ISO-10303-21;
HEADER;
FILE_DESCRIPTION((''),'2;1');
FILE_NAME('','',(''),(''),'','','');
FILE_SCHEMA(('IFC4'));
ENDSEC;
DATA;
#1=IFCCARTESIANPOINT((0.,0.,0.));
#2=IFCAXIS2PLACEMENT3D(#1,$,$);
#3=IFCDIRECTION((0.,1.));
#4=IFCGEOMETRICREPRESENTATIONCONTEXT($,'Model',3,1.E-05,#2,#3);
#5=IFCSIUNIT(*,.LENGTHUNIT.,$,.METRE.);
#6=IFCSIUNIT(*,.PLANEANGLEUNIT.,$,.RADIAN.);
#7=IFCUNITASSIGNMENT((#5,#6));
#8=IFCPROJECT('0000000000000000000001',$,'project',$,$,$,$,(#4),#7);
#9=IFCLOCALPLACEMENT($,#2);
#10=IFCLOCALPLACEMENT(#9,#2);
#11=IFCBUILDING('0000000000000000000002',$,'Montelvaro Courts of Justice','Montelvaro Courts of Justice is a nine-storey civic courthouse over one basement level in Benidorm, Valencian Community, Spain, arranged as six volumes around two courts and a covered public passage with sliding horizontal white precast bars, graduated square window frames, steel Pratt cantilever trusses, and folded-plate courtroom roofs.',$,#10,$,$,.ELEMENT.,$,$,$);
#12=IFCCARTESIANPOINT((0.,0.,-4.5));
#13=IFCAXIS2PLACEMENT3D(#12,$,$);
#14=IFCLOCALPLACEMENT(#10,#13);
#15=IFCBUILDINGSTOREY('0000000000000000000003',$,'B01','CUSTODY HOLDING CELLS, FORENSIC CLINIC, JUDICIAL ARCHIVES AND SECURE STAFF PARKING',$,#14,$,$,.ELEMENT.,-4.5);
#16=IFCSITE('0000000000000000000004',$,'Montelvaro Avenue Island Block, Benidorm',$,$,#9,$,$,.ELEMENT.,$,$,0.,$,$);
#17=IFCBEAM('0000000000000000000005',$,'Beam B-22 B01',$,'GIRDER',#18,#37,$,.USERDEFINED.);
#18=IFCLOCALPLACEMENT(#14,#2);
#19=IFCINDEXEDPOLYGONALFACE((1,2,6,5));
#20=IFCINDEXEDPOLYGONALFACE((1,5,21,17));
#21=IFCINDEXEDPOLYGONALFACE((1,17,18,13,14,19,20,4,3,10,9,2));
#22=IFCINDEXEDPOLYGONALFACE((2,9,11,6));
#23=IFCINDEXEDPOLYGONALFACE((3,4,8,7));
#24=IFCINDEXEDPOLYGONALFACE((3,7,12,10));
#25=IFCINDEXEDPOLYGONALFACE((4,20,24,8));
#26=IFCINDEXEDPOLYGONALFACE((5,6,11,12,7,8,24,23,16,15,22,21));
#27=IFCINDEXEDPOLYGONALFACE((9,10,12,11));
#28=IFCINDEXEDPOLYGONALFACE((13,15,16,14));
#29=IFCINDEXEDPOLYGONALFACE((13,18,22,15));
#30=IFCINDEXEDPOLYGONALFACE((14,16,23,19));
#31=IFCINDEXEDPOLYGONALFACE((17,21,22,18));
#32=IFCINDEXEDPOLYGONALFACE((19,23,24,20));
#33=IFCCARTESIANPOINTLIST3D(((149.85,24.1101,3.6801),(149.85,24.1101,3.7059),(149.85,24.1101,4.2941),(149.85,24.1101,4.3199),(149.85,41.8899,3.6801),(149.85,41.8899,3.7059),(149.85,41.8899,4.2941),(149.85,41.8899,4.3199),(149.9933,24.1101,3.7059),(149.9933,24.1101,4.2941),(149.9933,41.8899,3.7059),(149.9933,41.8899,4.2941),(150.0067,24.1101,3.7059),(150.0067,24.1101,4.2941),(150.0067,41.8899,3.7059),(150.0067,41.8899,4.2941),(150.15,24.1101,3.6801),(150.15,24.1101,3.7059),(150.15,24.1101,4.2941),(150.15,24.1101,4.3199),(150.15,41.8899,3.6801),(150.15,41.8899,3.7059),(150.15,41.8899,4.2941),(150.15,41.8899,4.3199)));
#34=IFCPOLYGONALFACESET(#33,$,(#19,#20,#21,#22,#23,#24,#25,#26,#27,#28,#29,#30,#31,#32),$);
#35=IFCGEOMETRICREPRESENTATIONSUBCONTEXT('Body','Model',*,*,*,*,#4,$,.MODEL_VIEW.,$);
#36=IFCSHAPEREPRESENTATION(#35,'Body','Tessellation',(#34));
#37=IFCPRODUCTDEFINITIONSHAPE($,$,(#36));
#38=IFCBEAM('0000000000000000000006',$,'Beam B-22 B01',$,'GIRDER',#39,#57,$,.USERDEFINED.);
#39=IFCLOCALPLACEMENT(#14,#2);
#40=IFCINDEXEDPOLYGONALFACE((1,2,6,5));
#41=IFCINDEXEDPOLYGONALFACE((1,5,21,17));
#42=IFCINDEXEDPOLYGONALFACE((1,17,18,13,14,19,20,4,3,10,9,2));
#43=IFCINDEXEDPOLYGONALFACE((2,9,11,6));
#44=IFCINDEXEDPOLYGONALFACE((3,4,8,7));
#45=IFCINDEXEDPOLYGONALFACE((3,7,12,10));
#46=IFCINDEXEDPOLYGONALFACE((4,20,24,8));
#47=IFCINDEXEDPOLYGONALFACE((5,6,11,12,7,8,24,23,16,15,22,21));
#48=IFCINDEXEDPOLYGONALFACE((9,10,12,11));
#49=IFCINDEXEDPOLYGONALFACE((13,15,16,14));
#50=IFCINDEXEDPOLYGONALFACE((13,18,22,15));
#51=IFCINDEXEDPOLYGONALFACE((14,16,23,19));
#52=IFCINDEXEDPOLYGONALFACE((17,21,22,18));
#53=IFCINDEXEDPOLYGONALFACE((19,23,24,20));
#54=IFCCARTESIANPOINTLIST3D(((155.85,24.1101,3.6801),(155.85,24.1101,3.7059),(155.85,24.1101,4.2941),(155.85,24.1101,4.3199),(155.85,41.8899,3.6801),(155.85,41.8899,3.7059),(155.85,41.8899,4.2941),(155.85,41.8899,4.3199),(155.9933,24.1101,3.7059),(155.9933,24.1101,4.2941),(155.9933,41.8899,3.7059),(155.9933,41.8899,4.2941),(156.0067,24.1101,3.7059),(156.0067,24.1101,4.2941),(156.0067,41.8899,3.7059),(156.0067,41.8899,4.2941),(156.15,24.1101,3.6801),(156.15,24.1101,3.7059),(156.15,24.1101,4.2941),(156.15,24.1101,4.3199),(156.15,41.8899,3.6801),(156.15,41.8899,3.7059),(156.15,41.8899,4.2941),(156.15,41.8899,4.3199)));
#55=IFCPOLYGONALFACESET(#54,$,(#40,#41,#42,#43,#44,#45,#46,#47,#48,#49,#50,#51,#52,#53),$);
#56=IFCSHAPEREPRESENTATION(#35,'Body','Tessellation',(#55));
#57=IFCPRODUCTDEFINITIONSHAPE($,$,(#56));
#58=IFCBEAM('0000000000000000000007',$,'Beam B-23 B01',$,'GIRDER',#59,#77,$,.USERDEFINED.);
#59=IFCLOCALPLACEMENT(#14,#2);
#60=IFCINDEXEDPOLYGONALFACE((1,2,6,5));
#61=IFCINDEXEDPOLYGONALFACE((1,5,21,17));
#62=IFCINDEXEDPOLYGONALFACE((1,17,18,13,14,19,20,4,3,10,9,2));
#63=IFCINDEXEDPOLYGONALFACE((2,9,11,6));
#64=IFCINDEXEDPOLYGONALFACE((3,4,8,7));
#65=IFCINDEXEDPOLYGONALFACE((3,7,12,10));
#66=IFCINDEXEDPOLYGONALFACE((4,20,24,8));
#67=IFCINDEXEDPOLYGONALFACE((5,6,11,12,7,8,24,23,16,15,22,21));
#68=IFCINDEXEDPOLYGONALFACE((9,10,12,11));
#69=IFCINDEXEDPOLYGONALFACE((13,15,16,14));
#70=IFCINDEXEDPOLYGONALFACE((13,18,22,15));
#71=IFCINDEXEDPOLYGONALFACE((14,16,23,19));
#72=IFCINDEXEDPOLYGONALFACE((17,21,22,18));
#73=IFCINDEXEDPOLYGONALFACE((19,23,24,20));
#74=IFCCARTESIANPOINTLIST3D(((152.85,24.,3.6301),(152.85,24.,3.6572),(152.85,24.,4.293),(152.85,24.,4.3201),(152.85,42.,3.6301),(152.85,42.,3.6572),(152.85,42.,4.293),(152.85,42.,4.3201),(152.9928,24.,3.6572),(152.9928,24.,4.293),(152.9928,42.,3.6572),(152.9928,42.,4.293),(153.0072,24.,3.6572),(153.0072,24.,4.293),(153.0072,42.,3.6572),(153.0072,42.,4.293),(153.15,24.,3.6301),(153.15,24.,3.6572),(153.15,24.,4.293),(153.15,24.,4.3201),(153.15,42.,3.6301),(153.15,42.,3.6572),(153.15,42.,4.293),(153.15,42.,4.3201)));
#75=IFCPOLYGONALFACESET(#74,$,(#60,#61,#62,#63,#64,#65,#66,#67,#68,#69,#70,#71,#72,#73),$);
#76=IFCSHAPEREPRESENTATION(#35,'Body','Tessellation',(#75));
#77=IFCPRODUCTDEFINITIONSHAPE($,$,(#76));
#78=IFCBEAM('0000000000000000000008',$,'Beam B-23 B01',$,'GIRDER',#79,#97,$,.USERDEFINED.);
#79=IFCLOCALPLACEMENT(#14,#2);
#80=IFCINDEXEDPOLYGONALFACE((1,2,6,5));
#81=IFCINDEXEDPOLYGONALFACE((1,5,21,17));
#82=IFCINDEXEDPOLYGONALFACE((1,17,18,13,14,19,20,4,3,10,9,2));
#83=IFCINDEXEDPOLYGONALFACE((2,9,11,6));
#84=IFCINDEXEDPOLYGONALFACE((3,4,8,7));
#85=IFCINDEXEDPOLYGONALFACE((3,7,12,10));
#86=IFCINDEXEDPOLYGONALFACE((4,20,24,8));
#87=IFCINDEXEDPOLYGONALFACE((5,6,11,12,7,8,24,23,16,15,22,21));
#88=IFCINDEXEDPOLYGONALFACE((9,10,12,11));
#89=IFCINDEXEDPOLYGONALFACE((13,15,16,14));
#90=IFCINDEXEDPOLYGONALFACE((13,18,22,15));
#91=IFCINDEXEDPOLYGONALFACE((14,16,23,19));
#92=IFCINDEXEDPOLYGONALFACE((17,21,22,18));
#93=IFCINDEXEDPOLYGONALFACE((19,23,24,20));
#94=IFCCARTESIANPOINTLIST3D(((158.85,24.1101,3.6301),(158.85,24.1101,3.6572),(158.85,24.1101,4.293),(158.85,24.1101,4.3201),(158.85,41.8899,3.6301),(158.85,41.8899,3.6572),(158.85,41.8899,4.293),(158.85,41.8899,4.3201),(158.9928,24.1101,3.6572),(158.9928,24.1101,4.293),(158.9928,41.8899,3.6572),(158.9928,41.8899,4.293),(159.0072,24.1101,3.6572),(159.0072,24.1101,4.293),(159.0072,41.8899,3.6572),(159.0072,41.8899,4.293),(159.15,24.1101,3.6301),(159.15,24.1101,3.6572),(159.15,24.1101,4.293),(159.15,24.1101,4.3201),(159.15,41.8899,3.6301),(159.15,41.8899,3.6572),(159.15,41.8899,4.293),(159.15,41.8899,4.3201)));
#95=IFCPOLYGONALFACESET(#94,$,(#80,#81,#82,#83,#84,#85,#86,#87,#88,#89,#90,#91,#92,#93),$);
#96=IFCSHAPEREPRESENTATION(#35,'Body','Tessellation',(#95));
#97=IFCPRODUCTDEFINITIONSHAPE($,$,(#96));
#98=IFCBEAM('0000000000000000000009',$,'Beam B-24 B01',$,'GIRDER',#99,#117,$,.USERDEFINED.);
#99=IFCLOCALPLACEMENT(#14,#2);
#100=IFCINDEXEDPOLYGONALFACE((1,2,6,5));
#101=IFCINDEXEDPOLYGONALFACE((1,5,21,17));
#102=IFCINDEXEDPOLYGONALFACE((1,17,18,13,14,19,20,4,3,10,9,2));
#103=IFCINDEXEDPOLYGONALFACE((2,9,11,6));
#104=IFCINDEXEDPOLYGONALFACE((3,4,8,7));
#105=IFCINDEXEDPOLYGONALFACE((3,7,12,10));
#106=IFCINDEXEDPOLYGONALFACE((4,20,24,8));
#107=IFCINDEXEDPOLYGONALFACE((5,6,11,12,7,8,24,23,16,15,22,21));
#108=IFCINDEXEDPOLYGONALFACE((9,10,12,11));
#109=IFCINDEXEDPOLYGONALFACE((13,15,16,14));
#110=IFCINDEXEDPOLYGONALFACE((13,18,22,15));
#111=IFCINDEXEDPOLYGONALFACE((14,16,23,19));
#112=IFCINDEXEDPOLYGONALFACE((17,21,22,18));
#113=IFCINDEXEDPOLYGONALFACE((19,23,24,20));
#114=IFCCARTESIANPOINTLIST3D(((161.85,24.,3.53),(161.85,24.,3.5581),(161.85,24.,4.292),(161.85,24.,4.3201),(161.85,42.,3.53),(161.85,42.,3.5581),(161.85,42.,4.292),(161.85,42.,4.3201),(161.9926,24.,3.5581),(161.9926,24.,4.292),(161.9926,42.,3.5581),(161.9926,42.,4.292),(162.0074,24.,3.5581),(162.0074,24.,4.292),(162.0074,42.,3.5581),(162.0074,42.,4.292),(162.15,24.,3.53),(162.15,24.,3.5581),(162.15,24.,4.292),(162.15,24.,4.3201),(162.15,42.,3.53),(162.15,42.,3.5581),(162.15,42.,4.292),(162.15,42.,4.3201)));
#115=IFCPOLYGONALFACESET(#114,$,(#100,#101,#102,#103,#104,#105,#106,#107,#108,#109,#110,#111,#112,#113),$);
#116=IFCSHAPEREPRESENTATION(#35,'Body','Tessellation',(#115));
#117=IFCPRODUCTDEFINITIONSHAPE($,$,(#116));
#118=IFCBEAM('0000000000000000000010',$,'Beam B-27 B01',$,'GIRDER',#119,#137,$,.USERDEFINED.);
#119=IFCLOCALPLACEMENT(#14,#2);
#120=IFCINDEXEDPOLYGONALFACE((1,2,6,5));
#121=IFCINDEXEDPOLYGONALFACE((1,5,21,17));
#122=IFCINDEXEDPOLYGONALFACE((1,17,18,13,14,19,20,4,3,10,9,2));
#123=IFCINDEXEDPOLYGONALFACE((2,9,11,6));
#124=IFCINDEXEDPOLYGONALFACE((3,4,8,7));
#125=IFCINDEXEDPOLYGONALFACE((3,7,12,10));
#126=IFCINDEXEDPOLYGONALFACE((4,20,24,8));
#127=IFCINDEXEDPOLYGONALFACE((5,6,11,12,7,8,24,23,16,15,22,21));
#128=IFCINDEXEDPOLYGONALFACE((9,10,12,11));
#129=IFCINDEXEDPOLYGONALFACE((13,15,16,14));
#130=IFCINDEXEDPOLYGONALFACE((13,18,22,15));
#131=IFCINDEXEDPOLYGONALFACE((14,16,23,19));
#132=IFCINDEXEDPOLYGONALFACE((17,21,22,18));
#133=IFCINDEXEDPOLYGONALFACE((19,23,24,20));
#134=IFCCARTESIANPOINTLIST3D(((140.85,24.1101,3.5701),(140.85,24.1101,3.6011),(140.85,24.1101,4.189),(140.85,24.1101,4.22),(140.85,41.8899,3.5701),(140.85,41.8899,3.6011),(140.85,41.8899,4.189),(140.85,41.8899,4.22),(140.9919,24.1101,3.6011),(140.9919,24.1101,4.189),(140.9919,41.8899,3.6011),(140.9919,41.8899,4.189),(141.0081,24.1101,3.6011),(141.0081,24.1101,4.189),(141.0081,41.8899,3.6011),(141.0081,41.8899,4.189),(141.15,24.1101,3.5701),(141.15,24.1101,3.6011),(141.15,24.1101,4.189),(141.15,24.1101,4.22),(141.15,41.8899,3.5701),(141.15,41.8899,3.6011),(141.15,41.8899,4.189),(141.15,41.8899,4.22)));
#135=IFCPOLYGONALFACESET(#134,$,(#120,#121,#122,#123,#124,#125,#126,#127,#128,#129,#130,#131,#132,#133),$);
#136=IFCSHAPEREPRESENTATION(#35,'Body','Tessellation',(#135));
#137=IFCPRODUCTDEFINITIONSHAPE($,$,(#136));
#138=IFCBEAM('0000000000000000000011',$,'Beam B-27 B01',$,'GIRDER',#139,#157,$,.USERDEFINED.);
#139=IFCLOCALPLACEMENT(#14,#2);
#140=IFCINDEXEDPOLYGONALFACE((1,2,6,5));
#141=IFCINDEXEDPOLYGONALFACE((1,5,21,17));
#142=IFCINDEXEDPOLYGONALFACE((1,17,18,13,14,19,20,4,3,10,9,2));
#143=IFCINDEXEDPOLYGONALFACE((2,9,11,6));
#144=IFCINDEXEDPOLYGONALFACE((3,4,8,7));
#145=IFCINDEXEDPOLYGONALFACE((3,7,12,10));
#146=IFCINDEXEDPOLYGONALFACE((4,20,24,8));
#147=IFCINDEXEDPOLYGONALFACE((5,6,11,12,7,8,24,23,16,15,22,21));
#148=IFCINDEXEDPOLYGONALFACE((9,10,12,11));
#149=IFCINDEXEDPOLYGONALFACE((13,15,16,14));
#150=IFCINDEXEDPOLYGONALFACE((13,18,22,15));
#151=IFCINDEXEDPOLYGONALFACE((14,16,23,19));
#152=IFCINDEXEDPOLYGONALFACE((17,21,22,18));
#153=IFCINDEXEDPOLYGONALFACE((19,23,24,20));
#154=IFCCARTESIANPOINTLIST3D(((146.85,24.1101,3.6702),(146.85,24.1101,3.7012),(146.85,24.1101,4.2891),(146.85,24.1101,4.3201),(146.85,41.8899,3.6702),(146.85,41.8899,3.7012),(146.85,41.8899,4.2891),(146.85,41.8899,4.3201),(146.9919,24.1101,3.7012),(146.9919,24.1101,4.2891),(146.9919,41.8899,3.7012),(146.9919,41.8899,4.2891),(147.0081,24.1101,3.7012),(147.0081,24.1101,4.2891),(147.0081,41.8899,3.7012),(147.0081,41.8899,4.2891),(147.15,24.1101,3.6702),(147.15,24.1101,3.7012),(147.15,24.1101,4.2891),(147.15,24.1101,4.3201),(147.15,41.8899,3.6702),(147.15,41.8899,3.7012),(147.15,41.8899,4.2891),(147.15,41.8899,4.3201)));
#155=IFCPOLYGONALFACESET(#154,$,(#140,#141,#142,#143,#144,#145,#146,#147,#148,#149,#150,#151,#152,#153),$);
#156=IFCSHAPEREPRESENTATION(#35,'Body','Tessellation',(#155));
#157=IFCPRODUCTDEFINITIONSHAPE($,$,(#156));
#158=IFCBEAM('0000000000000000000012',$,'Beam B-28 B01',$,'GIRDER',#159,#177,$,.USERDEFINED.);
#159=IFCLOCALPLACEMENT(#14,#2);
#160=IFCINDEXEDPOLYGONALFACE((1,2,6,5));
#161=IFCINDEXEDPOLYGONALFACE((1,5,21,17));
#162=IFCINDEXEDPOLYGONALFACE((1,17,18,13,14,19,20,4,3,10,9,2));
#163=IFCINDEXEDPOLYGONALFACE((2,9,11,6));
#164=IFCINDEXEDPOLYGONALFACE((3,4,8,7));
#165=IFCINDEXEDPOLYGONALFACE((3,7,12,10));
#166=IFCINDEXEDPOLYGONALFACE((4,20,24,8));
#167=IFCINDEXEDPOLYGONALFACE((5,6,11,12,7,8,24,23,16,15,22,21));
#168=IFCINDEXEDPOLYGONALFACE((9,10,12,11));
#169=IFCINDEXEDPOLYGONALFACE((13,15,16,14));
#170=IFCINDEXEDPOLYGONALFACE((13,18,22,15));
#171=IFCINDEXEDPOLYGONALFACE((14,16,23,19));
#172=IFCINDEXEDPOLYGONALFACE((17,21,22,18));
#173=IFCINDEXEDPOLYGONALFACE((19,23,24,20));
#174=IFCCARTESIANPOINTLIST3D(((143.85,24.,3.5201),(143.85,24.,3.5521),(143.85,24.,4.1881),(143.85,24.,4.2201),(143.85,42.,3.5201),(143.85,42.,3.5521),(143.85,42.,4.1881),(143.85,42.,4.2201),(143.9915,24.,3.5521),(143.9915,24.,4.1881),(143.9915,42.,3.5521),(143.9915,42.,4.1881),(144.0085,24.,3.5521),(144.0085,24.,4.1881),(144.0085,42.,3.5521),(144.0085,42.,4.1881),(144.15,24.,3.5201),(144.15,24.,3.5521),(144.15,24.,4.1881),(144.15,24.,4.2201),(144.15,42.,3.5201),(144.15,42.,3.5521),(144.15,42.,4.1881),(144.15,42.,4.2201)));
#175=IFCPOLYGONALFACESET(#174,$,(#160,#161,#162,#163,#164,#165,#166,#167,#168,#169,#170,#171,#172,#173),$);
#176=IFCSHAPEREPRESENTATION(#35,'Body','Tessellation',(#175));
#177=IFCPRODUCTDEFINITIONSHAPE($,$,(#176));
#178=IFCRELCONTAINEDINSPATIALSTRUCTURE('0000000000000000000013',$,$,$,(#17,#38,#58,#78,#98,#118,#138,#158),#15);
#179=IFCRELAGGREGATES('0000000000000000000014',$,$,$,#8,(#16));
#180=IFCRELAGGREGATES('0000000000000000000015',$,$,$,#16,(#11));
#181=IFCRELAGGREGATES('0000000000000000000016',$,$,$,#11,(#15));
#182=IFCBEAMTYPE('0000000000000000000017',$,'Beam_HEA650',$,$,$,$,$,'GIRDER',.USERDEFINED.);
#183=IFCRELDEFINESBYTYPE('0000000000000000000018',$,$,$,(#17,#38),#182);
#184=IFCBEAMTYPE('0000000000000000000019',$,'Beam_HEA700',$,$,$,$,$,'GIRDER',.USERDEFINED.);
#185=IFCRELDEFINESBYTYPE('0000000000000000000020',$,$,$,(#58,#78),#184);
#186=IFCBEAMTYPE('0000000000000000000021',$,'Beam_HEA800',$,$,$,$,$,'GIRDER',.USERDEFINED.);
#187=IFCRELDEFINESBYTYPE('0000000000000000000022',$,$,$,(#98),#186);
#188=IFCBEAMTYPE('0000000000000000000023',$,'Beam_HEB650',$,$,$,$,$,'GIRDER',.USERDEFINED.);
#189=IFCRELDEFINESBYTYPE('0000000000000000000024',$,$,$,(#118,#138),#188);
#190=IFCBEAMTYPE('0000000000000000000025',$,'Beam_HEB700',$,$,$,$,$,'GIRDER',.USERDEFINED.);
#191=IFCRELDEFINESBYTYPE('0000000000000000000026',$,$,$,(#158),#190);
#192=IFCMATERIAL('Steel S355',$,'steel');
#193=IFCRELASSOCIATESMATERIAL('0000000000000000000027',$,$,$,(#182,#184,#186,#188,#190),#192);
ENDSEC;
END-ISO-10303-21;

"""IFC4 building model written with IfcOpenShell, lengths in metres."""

from ifc_helpers import new_model, si_unit, direction, frame, origin, origin_2d, place, context, subcontext, project, spatial, i_section, extrude, material, material_profile, profile_set, type_object, element, save


model = new_model("IFC4")

# Units and contexts
model_context = context("Model", 3, precision=1e-05, world=origin(), true_north=direction((0.0, 1.0)))
body_context = subcontext(model_context, "Body", "Model", "MODEL_VIEW")
ifc_project = project(units=[si_unit("LENGTHUNIT", "METRE"), si_unit("PLANEANGLEUNIT", "RADIAN")], contexts=[model_context])

# Site, building, storey
site_placement = place(None, origin())
site = spatial("IfcSite", under=ifc_project, at=site_placement, Name="Montelvaro Avenue Island Block, Benidorm", CompositionType="ELEMENT", RefElevation=0.0)
building_placement = place(site_placement, origin())
building = spatial("IfcBuilding", under=site, at=building_placement, Name="Montelvaro Courts of Justice", Description="Montelvaro Courts of Justice is a nine-storey civic courthouse over one basement level in Benidorm, Valencian Community, Spain, arranged as six volumes around two courts and a covered public passage with sliding horizontal white precast bars, graduated square window frames, steel Pratt cantilever trusses, and folded-plate courtroom roofs.", CompositionType="ELEMENT")
storey_placement = place(building_placement, frame((0.0, 0.0, -4.5)))
storey = spatial("IfcBuildingStorey", under=building, at=storey_placement, Name="B01", Description="CUSTODY HOLDING CELLS, FORENSIC CLINIC, JUDICIAL ARCHIVES AND SECURE STAFF PARKING", CompositionType="ELEMENT", Elevation=-4.5)

# Beams
ifc_material_1 = material(Name="Steel S355", Category="steel")
ifc_material_profile_1 = material_profile(ifc_material_1, i_section(OverallWidth=0.3, OverallDepth=0.6399, WebThickness=0.0134, FlangeThickness=0.0259, at=origin_2d()), Name="HEA 650")
ifc_profile_set_1 = profile_set([ifc_material_profile_1], Name="Steel S355")
beam_type_1 = type_object("IfcBeamType", Name="Beam_HEA650", ElementType="GIRDER", PredefinedType="USERDEFINED", material=ifc_profile_set_1)
for number, where, z_axis, x_axis, name in (
    (1, (150.0, 24.1101, 4.0), (0.0, 1.0, 0.0), (-1.0, 0.0, 0.0), "Beam B-22 B01"),
    (2, (156.0, 24.1101, 4.0), (0.0, 1.0, 0.0), (-1.0, 0.0, 0.0), "Beam B-22 B01"),
):
    element("IfcBeam", number, at=place(storey_placement, frame(where, z_axis=z_axis, x_axis=x_axis)), inside=storey, type_object=beam_type_1, Name=name, ObjectType="GIRDER", PredefinedType="USERDEFINED", context=body_context, shape_type="SweptSolid", body=[
        extrude(i_section(OverallWidth=0.3, OverallDepth=0.6399, WebThickness=0.0134, FlangeThickness=0.0259, at=origin_2d()), origin(), (0.0, 0.0, 1.0), 17.7798),
    ])
ifc_material_profile_2 = material_profile(ifc_material_1, i_section(OverallWidth=0.3, OverallDepth=0.6899, WebThickness=0.0144, FlangeThickness=0.0271, at=origin_2d()), Name="HEA 700")
ifc_profile_set_2 = profile_set([ifc_material_profile_2], Name="Steel S355")
beam_type_2 = type_object("IfcBeamType", Name="Beam_HEA700", ElementType="GIRDER", PredefinedType="USERDEFINED", material=ifc_profile_set_2)
beam_1_placement = place(storey_placement, frame((153.0, 24.0, 3.9751), z_axis=(0.0, 1.0, 0.0), x_axis=(-1.0, 0.0, 0.0)))
element("IfcBeam", 3, at=beam_1_placement, inside=storey, type_object=beam_type_2, Name="Beam B-23 B01", ObjectType="GIRDER", PredefinedType="USERDEFINED", context=body_context, shape_type="SweptSolid", body=[
    extrude(i_section(OverallWidth=0.3, OverallDepth=0.6899, WebThickness=0.0144, FlangeThickness=0.0271, at=origin_2d()), origin(), (0.0, 0.0, 1.0), 18.0),
])
beam_2_placement = place(storey_placement, frame((159.0, 24.1101, 3.9751), z_axis=(0.0, 1.0, 0.0), x_axis=(-1.0, 0.0, 0.0)))
element("IfcBeam", 4, at=beam_2_placement, inside=storey, type_object=beam_type_2, Name="Beam B-23 B01", ObjectType="GIRDER", PredefinedType="USERDEFINED", context=body_context, shape_type="SweptSolid", body=[
    extrude(i_section(OverallWidth=0.3, OverallDepth=0.6899, WebThickness=0.0144, FlangeThickness=0.0271, at=origin_2d()), origin(), (0.0, 0.0, 1.0), 17.7798),
])
ifc_material_profile_3 = material_profile(ifc_material_1, i_section(OverallWidth=0.3, OverallDepth=0.79, WebThickness=0.0149, FlangeThickness=0.0281, at=origin_2d()), Name="HEA 800")
ifc_profile_set_3 = profile_set([ifc_material_profile_3], Name="Steel S355")
beam_type_3 = type_object("IfcBeamType", Name="Beam_HEA800", ElementType="GIRDER", PredefinedType="USERDEFINED", material=ifc_profile_set_3)
beam_3_placement = place(storey_placement, frame((162.0, 24.0, 3.925), z_axis=(0.0, 1.0, 0.0), x_axis=(-1.0, 0.0, 0.0)))
element("IfcBeam", 5, at=beam_3_placement, inside=storey, type_object=beam_type_3, Name="Beam B-24 B01", ObjectType="GIRDER", PredefinedType="USERDEFINED", context=body_context, shape_type="SweptSolid", body=[
    extrude(i_section(OverallWidth=0.3, OverallDepth=0.79, WebThickness=0.0149, FlangeThickness=0.0281, at=origin_2d()), origin(), (0.0, 0.0, 1.0), 18.0),
])
ifc_material_profile_4 = material_profile(ifc_material_1, i_section(OverallWidth=0.3, OverallDepth=0.6499, WebThickness=0.0161, FlangeThickness=0.031, at=origin_2d()), Name="HEB 650")
ifc_profile_set_4 = profile_set([ifc_material_profile_4], Name="Steel S355")
beam_type_4 = type_object("IfcBeamType", Name="Beam_HEB650", ElementType="GIRDER", PredefinedType="USERDEFINED", material=ifc_profile_set_4)
for number, where, z_axis, x_axis, name in (
    (6, (141.0, 24.1101, 3.895), (0.0, 1.0, 0.0), (-1.0, 0.0, 0.0), "Beam B-27 B01"),
    (7, (147.0, 24.1101, 3.9951), (0.0, 1.0, 0.0), (-1.0, 0.0, 0.0), "Beam B-27 B01"),
):
    element("IfcBeam", number, at=place(storey_placement, frame(where, z_axis=z_axis, x_axis=x_axis)), inside=storey, type_object=beam_type_4, Name=name, ObjectType="GIRDER", PredefinedType="USERDEFINED", context=body_context, shape_type="SweptSolid", body=[
        extrude(i_section(OverallWidth=0.3, OverallDepth=0.6499, WebThickness=0.0161, FlangeThickness=0.031, at=origin_2d()), origin(), (0.0, 0.0, 1.0), 17.7798),
    ])
ifc_material_profile_5 = material_profile(ifc_material_1, i_section(OverallWidth=0.3, OverallDepth=0.7, WebThickness=0.0171, FlangeThickness=0.032, at=origin_2d()), Name="HEB 700")
ifc_profile_set_5 = profile_set([ifc_material_profile_5], Name="Steel S355")
beam_type_5 = type_object("IfcBeamType", Name="Beam_HEB700", ElementType="GIRDER", PredefinedType="USERDEFINED", material=ifc_profile_set_5)
beam_4_placement = place(storey_placement, frame((144.0, 24.0, 3.8701), z_axis=(0.0, 1.0, 0.0), x_axis=(-1.0, 0.0, 0.0)))
element("IfcBeam", 8, at=beam_4_placement, inside=storey, type_object=beam_type_5, Name="Beam B-28 B01", ObjectType="GIRDER", PredefinedType="USERDEFINED", context=body_context, shape_type="SweptSolid", body=[
    extrude(i_section(OverallWidth=0.3, OverallDepth=0.7, WebThickness=0.0171, FlangeThickness=0.032, at=origin_2d()), origin(), (0.0, 0.0, 1.0), 18.0),
])

save(model, "model.ifc")
